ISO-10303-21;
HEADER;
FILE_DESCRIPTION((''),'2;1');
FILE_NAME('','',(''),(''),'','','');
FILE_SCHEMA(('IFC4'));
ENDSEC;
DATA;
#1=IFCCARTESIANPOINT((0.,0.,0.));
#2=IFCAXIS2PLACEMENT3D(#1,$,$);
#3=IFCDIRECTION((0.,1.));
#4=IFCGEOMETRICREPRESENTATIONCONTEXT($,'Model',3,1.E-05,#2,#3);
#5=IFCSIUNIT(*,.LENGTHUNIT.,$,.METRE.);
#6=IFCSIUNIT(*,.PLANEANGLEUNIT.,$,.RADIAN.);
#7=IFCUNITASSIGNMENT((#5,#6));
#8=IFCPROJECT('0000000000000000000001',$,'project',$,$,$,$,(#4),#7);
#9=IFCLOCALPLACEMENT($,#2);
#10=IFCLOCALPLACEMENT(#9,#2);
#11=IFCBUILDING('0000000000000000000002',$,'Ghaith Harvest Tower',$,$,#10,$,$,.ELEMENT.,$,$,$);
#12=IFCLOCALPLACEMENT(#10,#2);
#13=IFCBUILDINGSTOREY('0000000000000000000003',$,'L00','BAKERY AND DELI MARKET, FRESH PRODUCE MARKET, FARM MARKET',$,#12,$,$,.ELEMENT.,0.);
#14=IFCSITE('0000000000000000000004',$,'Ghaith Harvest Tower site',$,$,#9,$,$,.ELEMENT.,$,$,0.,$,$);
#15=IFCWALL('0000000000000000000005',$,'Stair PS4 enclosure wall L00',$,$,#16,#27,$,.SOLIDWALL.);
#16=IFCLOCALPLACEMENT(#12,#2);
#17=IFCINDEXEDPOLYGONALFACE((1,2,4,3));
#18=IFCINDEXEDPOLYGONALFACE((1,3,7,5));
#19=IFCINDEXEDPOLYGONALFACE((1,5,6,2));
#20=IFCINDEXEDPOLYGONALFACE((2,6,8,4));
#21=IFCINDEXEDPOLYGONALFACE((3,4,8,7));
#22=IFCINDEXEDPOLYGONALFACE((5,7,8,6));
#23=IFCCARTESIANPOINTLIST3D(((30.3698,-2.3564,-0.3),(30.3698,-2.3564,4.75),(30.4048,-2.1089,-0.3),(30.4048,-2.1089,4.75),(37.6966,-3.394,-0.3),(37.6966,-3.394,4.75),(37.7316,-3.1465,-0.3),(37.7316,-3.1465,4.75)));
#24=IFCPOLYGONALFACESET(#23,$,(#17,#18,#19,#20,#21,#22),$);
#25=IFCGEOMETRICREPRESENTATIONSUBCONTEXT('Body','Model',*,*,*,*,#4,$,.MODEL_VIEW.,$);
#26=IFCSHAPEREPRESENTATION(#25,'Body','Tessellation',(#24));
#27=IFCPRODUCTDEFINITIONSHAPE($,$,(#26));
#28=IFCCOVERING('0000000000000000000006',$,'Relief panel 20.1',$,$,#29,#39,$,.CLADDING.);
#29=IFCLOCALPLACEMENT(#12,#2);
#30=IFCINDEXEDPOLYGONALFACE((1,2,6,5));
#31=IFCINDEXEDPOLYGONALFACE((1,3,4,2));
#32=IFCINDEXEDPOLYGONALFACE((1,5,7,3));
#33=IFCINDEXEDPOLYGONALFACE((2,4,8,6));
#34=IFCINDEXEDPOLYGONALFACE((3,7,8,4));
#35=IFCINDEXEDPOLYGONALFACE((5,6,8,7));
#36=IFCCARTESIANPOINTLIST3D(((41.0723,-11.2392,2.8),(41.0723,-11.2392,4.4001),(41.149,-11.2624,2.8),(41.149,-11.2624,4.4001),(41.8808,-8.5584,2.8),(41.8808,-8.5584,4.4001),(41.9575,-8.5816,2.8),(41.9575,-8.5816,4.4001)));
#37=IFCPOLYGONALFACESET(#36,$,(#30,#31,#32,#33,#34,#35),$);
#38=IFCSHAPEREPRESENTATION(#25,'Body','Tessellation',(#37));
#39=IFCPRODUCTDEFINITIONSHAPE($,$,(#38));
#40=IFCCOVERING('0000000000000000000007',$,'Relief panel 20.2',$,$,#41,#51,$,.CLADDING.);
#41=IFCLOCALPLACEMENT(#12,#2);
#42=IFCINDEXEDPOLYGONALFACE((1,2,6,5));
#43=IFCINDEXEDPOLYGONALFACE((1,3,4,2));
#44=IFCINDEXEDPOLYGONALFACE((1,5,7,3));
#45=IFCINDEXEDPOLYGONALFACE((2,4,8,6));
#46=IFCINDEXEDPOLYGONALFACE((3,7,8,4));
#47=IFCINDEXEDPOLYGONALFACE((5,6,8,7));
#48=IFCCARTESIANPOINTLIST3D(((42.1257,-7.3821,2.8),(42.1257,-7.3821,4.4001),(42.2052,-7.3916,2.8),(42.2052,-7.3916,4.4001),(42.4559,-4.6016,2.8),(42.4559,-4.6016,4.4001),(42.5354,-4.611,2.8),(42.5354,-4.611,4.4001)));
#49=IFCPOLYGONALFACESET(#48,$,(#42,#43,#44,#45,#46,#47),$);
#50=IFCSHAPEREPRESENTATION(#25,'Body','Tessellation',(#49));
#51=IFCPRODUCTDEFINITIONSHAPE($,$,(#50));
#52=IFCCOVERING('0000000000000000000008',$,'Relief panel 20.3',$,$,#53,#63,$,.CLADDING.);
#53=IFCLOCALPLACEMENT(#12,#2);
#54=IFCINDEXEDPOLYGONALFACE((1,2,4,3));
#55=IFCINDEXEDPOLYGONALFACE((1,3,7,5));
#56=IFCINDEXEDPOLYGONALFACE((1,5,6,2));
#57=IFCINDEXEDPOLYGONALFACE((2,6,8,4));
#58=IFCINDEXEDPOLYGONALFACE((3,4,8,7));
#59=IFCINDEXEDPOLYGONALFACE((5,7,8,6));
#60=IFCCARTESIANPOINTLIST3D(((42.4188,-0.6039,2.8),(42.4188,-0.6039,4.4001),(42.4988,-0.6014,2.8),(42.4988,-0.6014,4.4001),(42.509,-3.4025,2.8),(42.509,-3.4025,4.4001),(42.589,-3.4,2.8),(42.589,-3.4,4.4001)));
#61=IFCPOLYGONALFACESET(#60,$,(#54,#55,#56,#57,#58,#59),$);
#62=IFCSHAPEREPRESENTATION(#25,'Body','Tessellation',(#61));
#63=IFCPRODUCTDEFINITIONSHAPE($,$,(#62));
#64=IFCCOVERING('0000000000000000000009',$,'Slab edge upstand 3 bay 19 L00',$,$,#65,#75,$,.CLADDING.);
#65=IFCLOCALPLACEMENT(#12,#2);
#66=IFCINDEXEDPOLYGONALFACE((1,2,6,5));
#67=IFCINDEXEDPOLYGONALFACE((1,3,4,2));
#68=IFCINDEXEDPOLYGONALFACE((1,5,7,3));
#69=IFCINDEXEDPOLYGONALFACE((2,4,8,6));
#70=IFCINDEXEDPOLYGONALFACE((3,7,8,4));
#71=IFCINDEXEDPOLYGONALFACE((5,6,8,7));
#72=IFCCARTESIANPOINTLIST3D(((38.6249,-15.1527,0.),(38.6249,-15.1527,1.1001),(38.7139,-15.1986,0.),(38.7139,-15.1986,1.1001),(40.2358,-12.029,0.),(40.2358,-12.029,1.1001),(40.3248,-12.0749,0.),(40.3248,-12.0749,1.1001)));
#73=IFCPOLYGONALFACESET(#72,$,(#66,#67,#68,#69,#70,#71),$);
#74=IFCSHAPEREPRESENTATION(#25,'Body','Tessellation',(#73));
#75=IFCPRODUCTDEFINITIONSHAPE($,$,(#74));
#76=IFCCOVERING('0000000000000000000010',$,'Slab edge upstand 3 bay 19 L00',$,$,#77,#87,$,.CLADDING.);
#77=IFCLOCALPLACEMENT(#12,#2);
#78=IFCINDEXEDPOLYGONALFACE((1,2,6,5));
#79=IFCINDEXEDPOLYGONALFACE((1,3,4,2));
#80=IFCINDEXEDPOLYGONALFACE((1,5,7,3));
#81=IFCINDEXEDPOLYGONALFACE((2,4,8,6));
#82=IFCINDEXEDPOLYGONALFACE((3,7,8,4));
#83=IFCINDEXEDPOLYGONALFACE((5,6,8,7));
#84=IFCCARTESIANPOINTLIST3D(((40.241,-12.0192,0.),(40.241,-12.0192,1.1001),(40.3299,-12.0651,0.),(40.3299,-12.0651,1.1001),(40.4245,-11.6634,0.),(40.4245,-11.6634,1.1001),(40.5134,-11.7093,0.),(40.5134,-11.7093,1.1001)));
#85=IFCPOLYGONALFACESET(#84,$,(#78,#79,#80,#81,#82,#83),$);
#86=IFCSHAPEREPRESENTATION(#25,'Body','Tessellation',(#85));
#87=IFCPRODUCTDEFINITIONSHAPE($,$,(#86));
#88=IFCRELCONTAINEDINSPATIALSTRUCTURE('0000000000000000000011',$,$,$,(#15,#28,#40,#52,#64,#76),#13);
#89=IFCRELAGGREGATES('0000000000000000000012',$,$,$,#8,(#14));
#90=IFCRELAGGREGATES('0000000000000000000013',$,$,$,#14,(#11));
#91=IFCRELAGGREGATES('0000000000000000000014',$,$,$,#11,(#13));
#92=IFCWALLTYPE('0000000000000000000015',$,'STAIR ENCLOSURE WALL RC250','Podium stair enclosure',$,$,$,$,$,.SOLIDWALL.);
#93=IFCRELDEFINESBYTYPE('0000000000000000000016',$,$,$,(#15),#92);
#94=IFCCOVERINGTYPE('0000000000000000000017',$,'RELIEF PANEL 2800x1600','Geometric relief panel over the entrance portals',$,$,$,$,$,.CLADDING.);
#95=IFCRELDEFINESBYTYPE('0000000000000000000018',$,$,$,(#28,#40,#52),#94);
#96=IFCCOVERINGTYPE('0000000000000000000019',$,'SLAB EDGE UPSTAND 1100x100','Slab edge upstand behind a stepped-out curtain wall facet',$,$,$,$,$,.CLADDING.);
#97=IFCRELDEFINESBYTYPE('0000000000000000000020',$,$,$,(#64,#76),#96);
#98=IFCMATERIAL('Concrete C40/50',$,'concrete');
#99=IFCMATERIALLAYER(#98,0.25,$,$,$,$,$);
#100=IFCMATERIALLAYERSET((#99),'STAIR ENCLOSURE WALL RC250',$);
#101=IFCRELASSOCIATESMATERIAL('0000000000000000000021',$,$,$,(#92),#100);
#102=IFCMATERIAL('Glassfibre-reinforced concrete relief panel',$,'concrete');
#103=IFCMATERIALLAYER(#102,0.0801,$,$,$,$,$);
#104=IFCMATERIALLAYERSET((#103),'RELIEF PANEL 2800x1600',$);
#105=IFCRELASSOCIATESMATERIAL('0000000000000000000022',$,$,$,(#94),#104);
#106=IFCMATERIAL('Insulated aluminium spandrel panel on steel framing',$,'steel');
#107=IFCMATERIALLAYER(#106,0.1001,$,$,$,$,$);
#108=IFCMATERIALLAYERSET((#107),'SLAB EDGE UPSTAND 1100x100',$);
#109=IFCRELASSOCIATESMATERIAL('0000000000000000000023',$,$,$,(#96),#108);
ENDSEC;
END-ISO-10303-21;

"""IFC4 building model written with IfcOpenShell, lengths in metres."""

from ifc_helpers import new_model, si_unit, direction, frame, frame_2d, origin, origin_2d, place, context, subcontext, project, spatial, rectangle, extrude, material, layer, layer_set, type_object, element, save


model = new_model("IFC4")

# Units and contexts
model_context = context("Model", 3, precision=1e-05, world=origin(), true_north=direction((0.0, 1.0)))
body_context = subcontext(model_context, "Body", "Model", "MODEL_VIEW")
ifc_project = project(units=[si_unit("LENGTHUNIT", "METRE"), si_unit("PLANEANGLEUNIT", "RADIAN")], contexts=[model_context])

# Site, building, storey
site_placement = place(None, origin())
site = spatial("IfcSite", under=ifc_project, at=site_placement, Name="Ghaith Harvest Tower site", CompositionType="ELEMENT", RefElevation=0.0)
building_placement = place(site_placement, origin())
building = spatial("IfcBuilding", under=site, at=building_placement, Name="Ghaith Harvest Tower", CompositionType="ELEMENT")
storey_placement = place(building_placement, origin())
storey = spatial("IfcBuildingStorey", under=building, at=storey_placement, Name="L00", Description="BAKERY AND DELI MARKET, FRESH PRODUCE MARKET, FARM MARKET", CompositionType="ELEMENT", Elevation=0.0)

# Wall
ifc_material_1 = material(Name="Concrete C40/50", Category="concrete")
ifc_layer_1 = layer(ifc_material_1, 0.25)
ifc_layer_set_1 = layer_set([ifc_layer_1], Name="STAIR ENCLOSURE WALL RC250")
wall_type_1 = type_object("IfcWallType", Name="STAIR ENCLOSURE WALL RC250", Description="Podium stair enclosure", PredefinedType="SOLIDWALL", material=ifc_layer_set_1)
wall_1_placement = place(storey_placement, frame((37.7141, -3.2703, -0.3), z_axis=(0.0, 0.0, 1.0), x_axis=(-0.990121, 0.140216, 0.0)))
element("IfcWall", 1, at=wall_1_placement, inside=storey, type_object=wall_type_1, Name="Stair PS4 enclosure wall L00", PredefinedType="SOLIDWALL", context=body_context, shape_type="SweptSolid", body=[
    extrude(rectangle(XDim=7.3999, YDim=0.25, at=frame_2d((3.7, 0.0))), origin(), (0.0, 0.0, 1.0), 5.05),
])

# Coverings
ifc_material_2 = material(Name="Glassfibre-reinforced concrete relief panel", Category="concrete")
ifc_layer_2 = layer(ifc_material_2, 0.0801)
ifc_layer_set_2 = layer_set([ifc_layer_2], Name="RELIEF PANEL 2800x1600")
covering_type_1 = type_object("IfcCoveringType", Name="RELIEF PANEL 2800x1600", Description="Geometric relief panel over the entrance portals", PredefinedType="CLADDING", material=ifc_layer_set_2)
for number, where, z_axis, x_axis, name in (
    (2, (41.5149, -9.9104, 2.8), (0.0, 0.0, 1.0), (0.288751, 0.957404, 0.0), "Relief panel 20.1"),
    (3, (42.3306, -5.9966, 2.8), (0.0, 0.0, 1.0), (0.117919, 0.993023, 0.0), "Relief panel 20.2"),
    (4, (42.5039, -2.002, 2.8), (0.0, 0.0, 1.0), (-0.032203, 0.999481, 0.0), "Relief panel 20.3"),
):
    element("IfcCovering", number, at=place(storey_placement, frame(where, z_axis=z_axis, x_axis=x_axis)), inside=storey, type_object=covering_type_1, Name=name, PredefinedType="CLADDING", context=body_context, shape_type="SweptSolid", body=[
        extrude(rectangle(XDim=2.8, YDim=0.0801, at=origin_2d()), origin(), (0.0, 0.0, 1.0), 1.6001),
    ])
ifc_material_3 = material(Name="Insulated aluminium spandrel panel on steel framing", Category="steel")
ifc_layer_3 = layer(ifc_material_3, 0.1001)
ifc_layer_set_3 = layer_set([ifc_layer_3], Name="SLAB EDGE UPSTAND 1100x100")
covering_type_2 = type_object("IfcCoveringType", Name="SLAB EDGE UPSTAND 1100x100", Description="Slab edge upstand behind a stepped-out curtain wall facet", PredefinedType="CLADDING", material=ifc_layer_set_3)
covering_1_placement = place(storey_placement, frame((39.4749, -13.6138, 0.0), z_axis=(0.0, 0.0, 1.0), x_axis=(0.458353, 0.88877, 0.0)))
element("IfcCovering", 5, at=covering_1_placement, inside=storey, type_object=covering_type_2, Name="Slab edge upstand 3 bay 19 L00", PredefinedType="CLADDING", context=body_context, shape_type="SweptSolid", body=[
    extrude(rectangle(XDim=3.5146, YDim=0.1001, at=origin_2d()), origin(), (0.0, 0.0, 1.0), 1.1001),
])
covering_2_placement = place(storey_placement, frame((40.3772, -11.8643, 0.0), z_axis=(0.0, 0.0, 1.0), x_axis=(0.458353, 0.88877, 0.0)))
element("IfcCovering", 6, at=covering_2_placement, inside=storey, type_object=covering_type_2, Name="Slab edge upstand 3 bay 19 L00", PredefinedType="CLADDING", context=body_context, shape_type="SweptSolid", body=[
    extrude(rectangle(XDim=0.4004, YDim=0.1001, at=origin_2d()), origin(), (0.0, 0.0, 1.0), 1.1001),
])

save(model, "model.ifc")
